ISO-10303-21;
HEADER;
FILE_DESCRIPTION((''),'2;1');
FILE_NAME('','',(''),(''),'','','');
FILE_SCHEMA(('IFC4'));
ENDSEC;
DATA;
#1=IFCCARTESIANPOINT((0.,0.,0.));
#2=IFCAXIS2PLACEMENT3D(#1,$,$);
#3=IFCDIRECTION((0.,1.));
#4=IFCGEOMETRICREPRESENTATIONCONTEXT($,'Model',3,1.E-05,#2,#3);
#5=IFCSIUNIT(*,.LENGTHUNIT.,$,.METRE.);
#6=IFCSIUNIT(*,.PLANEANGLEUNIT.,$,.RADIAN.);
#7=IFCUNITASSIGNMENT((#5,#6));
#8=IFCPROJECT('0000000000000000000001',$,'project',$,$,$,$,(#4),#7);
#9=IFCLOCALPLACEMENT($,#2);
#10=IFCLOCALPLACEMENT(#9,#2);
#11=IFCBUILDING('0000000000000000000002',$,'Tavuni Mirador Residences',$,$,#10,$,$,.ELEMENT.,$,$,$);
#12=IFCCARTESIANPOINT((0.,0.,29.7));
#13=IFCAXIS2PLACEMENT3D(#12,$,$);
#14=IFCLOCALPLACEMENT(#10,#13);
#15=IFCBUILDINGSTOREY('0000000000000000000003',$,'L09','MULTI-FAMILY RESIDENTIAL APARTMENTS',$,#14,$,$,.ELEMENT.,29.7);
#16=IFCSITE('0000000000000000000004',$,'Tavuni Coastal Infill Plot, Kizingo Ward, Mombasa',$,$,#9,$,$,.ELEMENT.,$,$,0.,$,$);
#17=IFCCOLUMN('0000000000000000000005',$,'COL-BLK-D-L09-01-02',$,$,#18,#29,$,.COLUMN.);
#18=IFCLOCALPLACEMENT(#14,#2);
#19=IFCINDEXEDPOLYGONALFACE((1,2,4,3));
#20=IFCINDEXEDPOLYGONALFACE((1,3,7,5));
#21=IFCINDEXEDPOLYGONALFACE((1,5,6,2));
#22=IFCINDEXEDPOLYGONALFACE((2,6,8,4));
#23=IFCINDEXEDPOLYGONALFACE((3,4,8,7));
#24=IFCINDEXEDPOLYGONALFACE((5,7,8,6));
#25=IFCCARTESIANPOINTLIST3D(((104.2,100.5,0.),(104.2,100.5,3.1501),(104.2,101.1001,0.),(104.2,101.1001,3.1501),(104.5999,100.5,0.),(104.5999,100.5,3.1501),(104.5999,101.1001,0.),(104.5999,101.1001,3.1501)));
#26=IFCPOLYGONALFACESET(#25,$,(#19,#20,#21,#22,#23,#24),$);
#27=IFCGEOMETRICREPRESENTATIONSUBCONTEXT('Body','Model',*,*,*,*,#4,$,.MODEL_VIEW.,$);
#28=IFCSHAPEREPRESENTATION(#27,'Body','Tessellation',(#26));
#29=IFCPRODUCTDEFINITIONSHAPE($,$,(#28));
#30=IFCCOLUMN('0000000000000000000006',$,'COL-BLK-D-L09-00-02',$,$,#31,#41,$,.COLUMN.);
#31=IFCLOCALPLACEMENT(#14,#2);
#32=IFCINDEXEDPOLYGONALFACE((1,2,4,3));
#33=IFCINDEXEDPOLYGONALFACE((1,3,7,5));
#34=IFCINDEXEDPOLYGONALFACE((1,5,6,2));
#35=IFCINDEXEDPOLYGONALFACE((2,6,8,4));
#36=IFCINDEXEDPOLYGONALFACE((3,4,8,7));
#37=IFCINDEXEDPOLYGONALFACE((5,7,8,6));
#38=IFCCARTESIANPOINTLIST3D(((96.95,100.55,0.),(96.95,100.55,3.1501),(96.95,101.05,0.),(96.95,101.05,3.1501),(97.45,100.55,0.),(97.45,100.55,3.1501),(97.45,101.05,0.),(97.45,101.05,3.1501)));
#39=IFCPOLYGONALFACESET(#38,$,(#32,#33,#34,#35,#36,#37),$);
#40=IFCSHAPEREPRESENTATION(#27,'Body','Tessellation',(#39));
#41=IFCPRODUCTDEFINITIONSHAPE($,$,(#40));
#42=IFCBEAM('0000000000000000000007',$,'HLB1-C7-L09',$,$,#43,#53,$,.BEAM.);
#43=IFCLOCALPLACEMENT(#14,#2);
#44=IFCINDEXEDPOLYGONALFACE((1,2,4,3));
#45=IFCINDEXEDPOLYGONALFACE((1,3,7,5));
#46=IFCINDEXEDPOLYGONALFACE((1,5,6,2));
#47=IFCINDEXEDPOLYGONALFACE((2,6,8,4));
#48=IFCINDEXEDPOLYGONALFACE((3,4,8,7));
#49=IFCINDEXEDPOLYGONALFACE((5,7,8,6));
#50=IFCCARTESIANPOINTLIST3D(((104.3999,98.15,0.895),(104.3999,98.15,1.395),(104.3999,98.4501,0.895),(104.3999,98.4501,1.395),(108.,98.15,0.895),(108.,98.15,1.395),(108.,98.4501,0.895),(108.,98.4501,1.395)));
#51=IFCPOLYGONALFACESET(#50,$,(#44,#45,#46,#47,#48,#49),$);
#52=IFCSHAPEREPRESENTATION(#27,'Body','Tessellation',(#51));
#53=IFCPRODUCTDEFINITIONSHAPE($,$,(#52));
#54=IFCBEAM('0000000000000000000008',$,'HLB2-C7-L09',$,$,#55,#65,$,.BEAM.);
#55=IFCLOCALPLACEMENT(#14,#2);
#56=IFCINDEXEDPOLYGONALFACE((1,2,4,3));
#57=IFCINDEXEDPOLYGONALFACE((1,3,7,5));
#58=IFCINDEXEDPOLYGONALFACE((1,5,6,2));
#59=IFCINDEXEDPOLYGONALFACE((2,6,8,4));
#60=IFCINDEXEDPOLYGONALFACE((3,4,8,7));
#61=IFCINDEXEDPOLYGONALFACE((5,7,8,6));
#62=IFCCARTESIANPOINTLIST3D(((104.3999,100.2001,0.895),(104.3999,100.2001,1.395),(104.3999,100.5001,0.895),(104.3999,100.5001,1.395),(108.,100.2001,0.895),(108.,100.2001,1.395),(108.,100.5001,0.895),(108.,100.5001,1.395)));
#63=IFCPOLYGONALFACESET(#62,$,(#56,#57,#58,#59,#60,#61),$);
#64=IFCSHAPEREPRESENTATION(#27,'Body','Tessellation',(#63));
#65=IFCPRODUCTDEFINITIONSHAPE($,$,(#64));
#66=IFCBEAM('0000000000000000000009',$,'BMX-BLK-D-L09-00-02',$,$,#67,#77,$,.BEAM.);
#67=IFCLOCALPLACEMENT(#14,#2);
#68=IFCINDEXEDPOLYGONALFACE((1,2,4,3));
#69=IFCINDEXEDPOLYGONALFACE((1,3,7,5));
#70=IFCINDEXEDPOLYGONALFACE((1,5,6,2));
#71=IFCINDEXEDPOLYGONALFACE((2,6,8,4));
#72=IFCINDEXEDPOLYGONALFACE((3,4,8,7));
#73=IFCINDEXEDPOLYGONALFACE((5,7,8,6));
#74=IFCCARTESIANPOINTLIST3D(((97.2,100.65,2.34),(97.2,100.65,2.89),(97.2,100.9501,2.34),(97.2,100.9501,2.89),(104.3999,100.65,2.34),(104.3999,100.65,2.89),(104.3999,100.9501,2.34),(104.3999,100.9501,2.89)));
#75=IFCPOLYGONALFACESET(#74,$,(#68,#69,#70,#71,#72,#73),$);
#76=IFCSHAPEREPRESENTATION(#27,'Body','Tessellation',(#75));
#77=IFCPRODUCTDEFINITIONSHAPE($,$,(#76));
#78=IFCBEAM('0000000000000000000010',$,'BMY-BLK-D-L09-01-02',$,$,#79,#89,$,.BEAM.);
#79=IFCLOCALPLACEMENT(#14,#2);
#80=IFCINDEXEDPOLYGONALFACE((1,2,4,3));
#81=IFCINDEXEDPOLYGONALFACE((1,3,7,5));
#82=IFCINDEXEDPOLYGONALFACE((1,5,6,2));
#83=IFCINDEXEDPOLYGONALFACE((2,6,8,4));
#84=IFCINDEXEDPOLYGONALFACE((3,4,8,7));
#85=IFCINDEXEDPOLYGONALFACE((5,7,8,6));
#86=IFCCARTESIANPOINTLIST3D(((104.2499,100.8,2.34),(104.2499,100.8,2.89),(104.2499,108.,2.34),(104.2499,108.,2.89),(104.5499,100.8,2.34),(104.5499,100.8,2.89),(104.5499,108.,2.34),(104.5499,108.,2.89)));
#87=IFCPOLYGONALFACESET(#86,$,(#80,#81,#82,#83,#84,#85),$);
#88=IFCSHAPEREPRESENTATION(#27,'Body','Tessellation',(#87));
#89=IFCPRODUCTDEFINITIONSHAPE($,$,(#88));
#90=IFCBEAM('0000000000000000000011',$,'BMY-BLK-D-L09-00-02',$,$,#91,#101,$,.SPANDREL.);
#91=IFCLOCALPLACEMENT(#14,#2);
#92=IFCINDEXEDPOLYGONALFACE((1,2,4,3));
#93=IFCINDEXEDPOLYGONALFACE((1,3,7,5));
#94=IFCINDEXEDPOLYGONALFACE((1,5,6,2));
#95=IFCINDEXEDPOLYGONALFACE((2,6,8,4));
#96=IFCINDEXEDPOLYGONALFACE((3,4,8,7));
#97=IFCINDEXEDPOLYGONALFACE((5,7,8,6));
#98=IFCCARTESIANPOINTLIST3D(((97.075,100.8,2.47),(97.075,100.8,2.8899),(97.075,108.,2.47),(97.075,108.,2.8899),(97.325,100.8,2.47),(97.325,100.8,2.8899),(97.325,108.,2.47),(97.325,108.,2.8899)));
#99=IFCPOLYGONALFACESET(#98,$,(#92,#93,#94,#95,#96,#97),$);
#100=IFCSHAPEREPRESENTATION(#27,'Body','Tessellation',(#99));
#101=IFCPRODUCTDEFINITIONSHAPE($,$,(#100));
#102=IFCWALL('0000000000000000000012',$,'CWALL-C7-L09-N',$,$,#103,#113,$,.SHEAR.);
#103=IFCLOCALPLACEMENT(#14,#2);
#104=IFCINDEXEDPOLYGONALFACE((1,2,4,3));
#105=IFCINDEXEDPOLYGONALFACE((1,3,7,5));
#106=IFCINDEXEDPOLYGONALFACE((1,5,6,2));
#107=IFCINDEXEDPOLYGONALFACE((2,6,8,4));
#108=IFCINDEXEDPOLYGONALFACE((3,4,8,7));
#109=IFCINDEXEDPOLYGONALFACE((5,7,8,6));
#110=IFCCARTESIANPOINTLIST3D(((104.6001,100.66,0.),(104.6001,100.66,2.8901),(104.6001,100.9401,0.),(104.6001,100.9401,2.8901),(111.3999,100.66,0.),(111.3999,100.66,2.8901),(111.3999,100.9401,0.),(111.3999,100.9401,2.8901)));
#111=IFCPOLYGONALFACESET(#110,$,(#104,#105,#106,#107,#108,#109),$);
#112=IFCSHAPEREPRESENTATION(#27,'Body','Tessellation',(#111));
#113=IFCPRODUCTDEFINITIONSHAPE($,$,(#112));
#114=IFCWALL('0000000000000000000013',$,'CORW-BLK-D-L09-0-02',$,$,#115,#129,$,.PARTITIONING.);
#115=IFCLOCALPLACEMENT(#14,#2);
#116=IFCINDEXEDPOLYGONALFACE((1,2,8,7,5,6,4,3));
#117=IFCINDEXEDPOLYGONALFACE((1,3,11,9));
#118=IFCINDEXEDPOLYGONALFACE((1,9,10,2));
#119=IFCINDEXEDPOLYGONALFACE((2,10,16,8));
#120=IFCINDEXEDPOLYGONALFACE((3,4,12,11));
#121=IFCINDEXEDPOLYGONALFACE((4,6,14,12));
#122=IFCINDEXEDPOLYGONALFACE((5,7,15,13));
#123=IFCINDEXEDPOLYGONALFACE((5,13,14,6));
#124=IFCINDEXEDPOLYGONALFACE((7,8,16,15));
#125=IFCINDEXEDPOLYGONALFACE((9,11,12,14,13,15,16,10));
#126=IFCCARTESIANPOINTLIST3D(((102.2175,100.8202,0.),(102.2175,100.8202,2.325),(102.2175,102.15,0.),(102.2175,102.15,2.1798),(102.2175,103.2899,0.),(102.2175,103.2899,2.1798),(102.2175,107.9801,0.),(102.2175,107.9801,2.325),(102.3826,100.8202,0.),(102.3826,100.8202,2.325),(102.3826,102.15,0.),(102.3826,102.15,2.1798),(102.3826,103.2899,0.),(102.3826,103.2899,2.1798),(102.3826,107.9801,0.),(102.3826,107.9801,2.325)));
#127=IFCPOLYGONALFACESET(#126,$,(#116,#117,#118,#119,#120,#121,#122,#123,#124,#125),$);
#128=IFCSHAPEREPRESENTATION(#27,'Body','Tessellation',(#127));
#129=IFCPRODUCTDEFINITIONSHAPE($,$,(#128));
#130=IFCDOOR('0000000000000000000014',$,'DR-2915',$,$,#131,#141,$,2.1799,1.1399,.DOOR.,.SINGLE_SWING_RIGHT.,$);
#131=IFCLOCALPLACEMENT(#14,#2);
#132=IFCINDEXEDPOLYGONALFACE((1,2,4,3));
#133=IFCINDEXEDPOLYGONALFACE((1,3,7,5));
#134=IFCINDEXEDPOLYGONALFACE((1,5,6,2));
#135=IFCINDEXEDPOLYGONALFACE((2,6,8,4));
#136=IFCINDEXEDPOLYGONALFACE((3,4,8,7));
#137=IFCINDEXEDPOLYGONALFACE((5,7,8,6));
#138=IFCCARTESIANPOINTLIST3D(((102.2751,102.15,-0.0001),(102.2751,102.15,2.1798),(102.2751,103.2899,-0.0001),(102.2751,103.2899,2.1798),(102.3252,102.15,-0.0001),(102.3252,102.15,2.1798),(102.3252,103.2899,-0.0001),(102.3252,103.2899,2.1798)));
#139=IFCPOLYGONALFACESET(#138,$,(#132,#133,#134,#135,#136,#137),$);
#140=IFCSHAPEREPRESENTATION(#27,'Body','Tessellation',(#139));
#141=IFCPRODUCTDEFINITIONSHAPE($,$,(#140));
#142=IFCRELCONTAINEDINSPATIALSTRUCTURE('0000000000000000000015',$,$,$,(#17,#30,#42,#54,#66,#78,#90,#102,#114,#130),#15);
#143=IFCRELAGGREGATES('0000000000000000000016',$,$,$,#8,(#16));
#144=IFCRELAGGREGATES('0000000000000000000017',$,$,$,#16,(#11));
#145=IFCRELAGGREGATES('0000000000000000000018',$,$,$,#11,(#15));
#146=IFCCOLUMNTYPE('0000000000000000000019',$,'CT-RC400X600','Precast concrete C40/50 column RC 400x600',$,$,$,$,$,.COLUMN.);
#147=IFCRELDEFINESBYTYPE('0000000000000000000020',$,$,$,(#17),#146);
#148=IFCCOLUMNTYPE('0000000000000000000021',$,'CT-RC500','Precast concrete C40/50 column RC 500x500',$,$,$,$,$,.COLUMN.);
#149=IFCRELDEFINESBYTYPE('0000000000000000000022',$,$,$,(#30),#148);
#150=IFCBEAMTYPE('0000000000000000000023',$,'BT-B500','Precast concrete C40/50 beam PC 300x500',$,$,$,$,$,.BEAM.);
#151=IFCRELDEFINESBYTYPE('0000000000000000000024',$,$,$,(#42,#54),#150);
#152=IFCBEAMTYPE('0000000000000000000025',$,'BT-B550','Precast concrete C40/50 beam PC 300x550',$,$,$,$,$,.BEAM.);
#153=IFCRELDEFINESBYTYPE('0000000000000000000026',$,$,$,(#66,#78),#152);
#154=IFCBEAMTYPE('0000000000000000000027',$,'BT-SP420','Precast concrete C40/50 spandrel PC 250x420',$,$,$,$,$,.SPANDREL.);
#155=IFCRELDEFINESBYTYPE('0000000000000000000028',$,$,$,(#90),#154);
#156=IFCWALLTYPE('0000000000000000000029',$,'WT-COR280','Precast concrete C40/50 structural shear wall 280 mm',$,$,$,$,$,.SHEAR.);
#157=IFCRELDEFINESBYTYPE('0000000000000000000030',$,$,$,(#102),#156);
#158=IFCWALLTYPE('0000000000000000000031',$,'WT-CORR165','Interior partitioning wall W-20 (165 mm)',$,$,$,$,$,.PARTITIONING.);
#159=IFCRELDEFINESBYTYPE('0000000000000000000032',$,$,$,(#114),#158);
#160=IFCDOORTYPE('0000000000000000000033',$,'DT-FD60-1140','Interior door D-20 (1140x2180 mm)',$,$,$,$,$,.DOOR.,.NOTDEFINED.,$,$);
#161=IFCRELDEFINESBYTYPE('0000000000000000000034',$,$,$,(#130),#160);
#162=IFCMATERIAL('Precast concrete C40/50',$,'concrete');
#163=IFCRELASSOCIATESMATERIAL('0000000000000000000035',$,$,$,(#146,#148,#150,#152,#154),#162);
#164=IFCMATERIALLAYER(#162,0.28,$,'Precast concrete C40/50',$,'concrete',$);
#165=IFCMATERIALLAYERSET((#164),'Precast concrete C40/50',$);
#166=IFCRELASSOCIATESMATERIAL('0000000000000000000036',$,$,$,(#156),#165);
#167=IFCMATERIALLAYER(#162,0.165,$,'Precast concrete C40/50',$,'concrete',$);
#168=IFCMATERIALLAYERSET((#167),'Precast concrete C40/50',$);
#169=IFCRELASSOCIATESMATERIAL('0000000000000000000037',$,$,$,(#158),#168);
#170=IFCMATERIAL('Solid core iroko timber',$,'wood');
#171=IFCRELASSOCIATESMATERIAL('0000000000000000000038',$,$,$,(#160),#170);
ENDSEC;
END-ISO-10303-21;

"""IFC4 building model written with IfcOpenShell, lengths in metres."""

from ifc_helpers import new_model, si_unit, direction, frame, frame_2d, origin, origin_2d, place, context, subcontext, project, spatial, rectangle, extrude, material, layer, layer_set, material_profile, profile_set, type_object, element, fill, save


model = new_model("IFC4")

# Units and contexts
model_context = context("Model", 3, precision=1e-05, world=origin(), true_north=direction((0.0, 1.0)))
body_context = subcontext(model_context, "Body", "Model", "MODEL_VIEW")
ifc_project = project(units=[si_unit("LENGTHUNIT", "METRE"), si_unit("PLANEANGLEUNIT", "RADIAN")], contexts=[model_context])

# Site, building, storey
site_placement = place(None, origin())
site = spatial("IfcSite", under=ifc_project, at=site_placement, Name="Tavuni Coastal Infill Plot, Kizingo Ward, Mombasa", CompositionType="ELEMENT", RefElevation=0.0)
building_placement = place(site_placement, origin())
building = spatial("IfcBuilding", under=site, at=building_placement, Name="Tavuni Mirador Residences", CompositionType="ELEMENT")
storey_placement = place(building_placement, frame((0.0, 0.0, 29.7)))
storey = spatial("IfcBuildingStorey", under=building, at=storey_placement, Name="L09", Description="MULTI-FAMILY RESIDENTIAL APARTMENTS", CompositionType="ELEMENT", Elevation=29.7)

# Columns
ifc_material_1 = material(Name="Precast concrete C40/50", Category="concrete")
ifc_material_profile_1 = material_profile(ifc_material_1, rectangle(XDim=0.3999, YDim=0.6001, at=origin_2d()), Name="RC 400x600", Category="concrete")
ifc_profile_set_1 = profile_set([ifc_material_profile_1], Name="Precast concrete C40/50")
column_type_1 = type_object("IfcColumnType", Name="CT-RC400X600", Description="Precast concrete C40/50 column RC 400x600", PredefinedType="COLUMN", material=ifc_profile_set_1)
column_1_placement = place(storey_placement, frame((104.3999, 100.8, 0.0), z_axis=(0.0, 0.0, 1.0), x_axis=(1.0, 0.0, 0.0)))
element("IfcColumn", 1, at=column_1_placement, inside=storey, type_object=column_type_1, Name="COL-BLK-D-L09-01-02", PredefinedType="COLUMN", context=body_context, shape_type="SweptSolid", body=[
    extrude(rectangle(XDim=0.3999, YDim=0.6001, at=origin_2d()), origin(), (0.0, 0.0, 1.0), 3.1501),
])
ifc_material_profile_2 = material_profile(ifc_material_1, rectangle(XDim=0.5, YDim=0.5, at=origin_2d()), Name="RC 500x500", Category="concrete")
ifc_profile_set_2 = profile_set([ifc_material_profile_2], Name="Precast concrete C40/50")
column_type_2 = type_object("IfcColumnType", Name="CT-RC500", Description="Precast concrete C40/50 column RC 500x500", PredefinedType="COLUMN", material=ifc_profile_set_2)
column_2_placement = place(storey_placement, frame((97.2, 100.8, 0.0), z_axis=(0.0, 0.0, 1.0), x_axis=(1.0, 0.0, 0.0)))
element("IfcColumn", 2, at=column_2_placement, inside=storey, type_object=column_type_2, Name="COL-BLK-D-L09-00-02", PredefinedType="COLUMN", context=body_context, shape_type="SweptSolid", body=[
    extrude(rectangle(XDim=0.5, YDim=0.5, at=origin_2d()), origin(), (0.0, 0.0, 1.0), 3.1501),
])

# Beams
ifc_material_profile_3 = material_profile(ifc_material_1, rectangle(XDim=0.3, YDim=0.5, at=origin_2d()), Name="PC 300x500", Category="concrete")
ifc_profile_set_3 = profile_set([ifc_material_profile_3], Name="Precast concrete C40/50")
beam_type_1 = type_object("IfcBeamType", Name="BT-B500", Description="Precast concrete C40/50 beam PC 300x500", PredefinedType="BEAM", material=ifc_profile_set_3)
for number, where, z_axis, x_axis, name in (
    (3, (104.3999, 98.3, 1.145), (1.0, 0.0, 0.0), (0.0, 1.0, 0.0), "HLB1-C7-L09"),
    (4, (104.3999, 100.3501, 1.145), (1.0, 0.0, 0.0), (0.0, 1.0, 0.0), "HLB2-C7-L09"),
):
    element("IfcBeam", number, at=place(storey_placement, frame(where, z_axis=z_axis, x_axis=x_axis)), inside=storey, type_object=beam_type_1, Name=name, PredefinedType="BEAM", context=body_context, shape_type="SweptSolid", body=[
        extrude(rectangle(XDim=0.3, YDim=0.5, at=origin_2d()), origin(), (0.0, 0.0, 1.0), 3.6001),
    ])
ifc_material_profile_4 = material_profile(ifc_material_1, rectangle(XDim=0.3, YDim=0.55, at=origin_2d()), Name="PC 300x550", Category="concrete")
ifc_profile_set_4 = profile_set([ifc_material_profile_4], Name="Precast concrete C40/50")
beam_type_2 = type_object("IfcBeamType", Name="BT-B550", Description="Precast concrete C40/50 beam PC 300x550", PredefinedType="BEAM", material=ifc_profile_set_4)
for number, where, z_axis, x_axis, name in (
    (5, (97.2, 100.8, 2.615), (1.0, 0.0, 0.0), (0.0, 1.0, 0.0), "BMX-BLK-D-L09-00-02"),
    (6, (104.3999, 100.8, 2.615), (0.0, 1.0, 0.0), (-1.0, 0.0, 0.0), "BMY-BLK-D-L09-01-02"),
):
    element("IfcBeam", number, at=place(storey_placement, frame(where, z_axis=z_axis, x_axis=x_axis)), inside=storey, type_object=beam_type_2, Name=name, PredefinedType="BEAM", context=body_context, shape_type="SweptSolid", body=[
        extrude(rectangle(XDim=0.3, YDim=0.55, at=origin_2d()), origin(), (0.0, 0.0, 1.0), 7.2),
    ])
ifc_material_profile_5 = material_profile(ifc_material_1, rectangle(XDim=0.25, YDim=0.4199, at=origin_2d()), Name="PC 250x420", Category="concrete")
ifc_profile_set_5 = profile_set([ifc_material_profile_5], Name="Precast concrete C40/50")
beam_type_3 = type_object("IfcBeamType", Name="BT-SP420", Description="Precast concrete C40/50 spandrel PC 250x420", PredefinedType="SPANDREL", material=ifc_profile_set_5)
beam_placement = place(storey_placement, frame((97.2, 100.8, 2.6799), z_axis=(0.0, 1.0, 0.0), x_axis=(-1.0, 0.0, 0.0)))
element("IfcBeam", 7, at=beam_placement, inside=storey, type_object=beam_type_3, Name="BMY-BLK-D-L09-00-02", PredefinedType="SPANDREL", context=body_context, shape_type="SweptSolid", body=[
    extrude(rectangle(XDim=0.25, YDim=0.4199, at=origin_2d()), origin(), (0.0, 0.0, 1.0), 7.2),
])

# Wall
ifc_layer_1 = layer(ifc_material_1, 0.28, Name="Precast concrete C40/50", Category="concrete")
ifc_layer_set_1 = layer_set([ifc_layer_1], Name="Precast concrete C40/50")
wall_type_1 = type_object("IfcWallType", Name="WT-COR280", Description="Precast concrete C40/50 structural shear wall 280 mm", PredefinedType="SHEAR", material=ifc_layer_set_1)
wall_1_placement = place(storey_placement, frame((104.6001, 100.8, 0.0), z_axis=(0.0, 0.0, 1.0), x_axis=(1.0, 0.0, 0.0)))
element("IfcWall", 8, at=wall_1_placement, inside=storey, type_object=wall_type_1, Name="CWALL-C7-L09-N", PredefinedType="SHEAR", context=body_context, shape_type="SweptSolid", body=[
    extrude(rectangle(XDim=6.7998, YDim=0.28, at=frame_2d((3.3999, 0.0))), origin(), (0.0, 0.0, 1.0), 2.8901),
])

# Wall, opening, door
ifc_layer_2 = layer(ifc_material_1, 0.165, Name="Precast concrete C40/50", Category="concrete")
ifc_layer_set_2 = layer_set([ifc_layer_2], Name="Precast concrete C40/50")
wall_type_2 = type_object("IfcWallType", Name="WT-CORR165", Description="Interior partitioning wall W-20 (165 mm)", PredefinedType="PARTITIONING", material=ifc_layer_set_2)
wall_2_placement = place(storey_placement, frame((102.3, 100.8201, 0.0), z_axis=(0.0, 0.0, 1.0), x_axis=(0.0, 1.0, 0.0)))
wall_2 = element("IfcWall", 9, at=wall_2_placement, inside=storey, type_object=wall_type_2, Name="CORW-BLK-D-L09-0-02", PredefinedType="PARTITIONING", context=body_context, shape_type="SweptSolid", body=[
    extrude(rectangle(XDim=7.1599, YDim=0.165, at=frame_2d((3.5801, 0.0))), origin(), (0.0, 0.0, 1.0), 2.325),
])
opening_1_placement = place(wall_2_placement, frame((1.3301, 0.0, 0.0)))
opening_1 = element("IfcOpeningElement", 10, at=opening_1_placement, cuts=wall_2, PredefinedType="OPENING", context=body_context, shape_type="SweptSolid", body=[
    extrude(rectangle(XDim=1.1399, YDim=2.1799, at=frame_2d((0.5698, 1.0898))), frame((0.0, 0.0925, 0.0), z_axis=(0.0, -1.0, 0.0), x_axis=(1.0, 0.0, 0.0)), (0.0, 0.0, 1.0), 0.1851),
])
ifc_material_2 = material(Name="Solid core iroko timber", Category="wood")
door_type_1 = type_object("IfcDoorType", Name="DT-FD60-1140", Description="Interior door D-20 (1140x2180 mm)", OperationType="NOTDEFINED", PredefinedType="DOOR", material=ifc_material_2)
door_1_placement = place(opening_1_placement, origin())
door_1 = element("IfcDoor", 11, at=door_1_placement, inside=storey, type_object=door_type_1, Name="DR-2915", OperationType="SINGLE_SWING_RIGHT", OverallHeight=2.1799, OverallWidth=1.1399, PredefinedType="DOOR", context=body_context, shape_type="SweptSolid", body=[
    extrude(rectangle(XDim=1.1399, YDim=2.1799, at=frame_2d((0.5698, 1.0898))), frame((0.0, 0.0249, 0.0), z_axis=(0.0, -1.0, 0.0), x_axis=(1.0, 0.0, 0.0)), (0.0, 0.0, 1.0), 0.05),
])
fill(opening_1, door_1)

save(model, "model.ifc")
